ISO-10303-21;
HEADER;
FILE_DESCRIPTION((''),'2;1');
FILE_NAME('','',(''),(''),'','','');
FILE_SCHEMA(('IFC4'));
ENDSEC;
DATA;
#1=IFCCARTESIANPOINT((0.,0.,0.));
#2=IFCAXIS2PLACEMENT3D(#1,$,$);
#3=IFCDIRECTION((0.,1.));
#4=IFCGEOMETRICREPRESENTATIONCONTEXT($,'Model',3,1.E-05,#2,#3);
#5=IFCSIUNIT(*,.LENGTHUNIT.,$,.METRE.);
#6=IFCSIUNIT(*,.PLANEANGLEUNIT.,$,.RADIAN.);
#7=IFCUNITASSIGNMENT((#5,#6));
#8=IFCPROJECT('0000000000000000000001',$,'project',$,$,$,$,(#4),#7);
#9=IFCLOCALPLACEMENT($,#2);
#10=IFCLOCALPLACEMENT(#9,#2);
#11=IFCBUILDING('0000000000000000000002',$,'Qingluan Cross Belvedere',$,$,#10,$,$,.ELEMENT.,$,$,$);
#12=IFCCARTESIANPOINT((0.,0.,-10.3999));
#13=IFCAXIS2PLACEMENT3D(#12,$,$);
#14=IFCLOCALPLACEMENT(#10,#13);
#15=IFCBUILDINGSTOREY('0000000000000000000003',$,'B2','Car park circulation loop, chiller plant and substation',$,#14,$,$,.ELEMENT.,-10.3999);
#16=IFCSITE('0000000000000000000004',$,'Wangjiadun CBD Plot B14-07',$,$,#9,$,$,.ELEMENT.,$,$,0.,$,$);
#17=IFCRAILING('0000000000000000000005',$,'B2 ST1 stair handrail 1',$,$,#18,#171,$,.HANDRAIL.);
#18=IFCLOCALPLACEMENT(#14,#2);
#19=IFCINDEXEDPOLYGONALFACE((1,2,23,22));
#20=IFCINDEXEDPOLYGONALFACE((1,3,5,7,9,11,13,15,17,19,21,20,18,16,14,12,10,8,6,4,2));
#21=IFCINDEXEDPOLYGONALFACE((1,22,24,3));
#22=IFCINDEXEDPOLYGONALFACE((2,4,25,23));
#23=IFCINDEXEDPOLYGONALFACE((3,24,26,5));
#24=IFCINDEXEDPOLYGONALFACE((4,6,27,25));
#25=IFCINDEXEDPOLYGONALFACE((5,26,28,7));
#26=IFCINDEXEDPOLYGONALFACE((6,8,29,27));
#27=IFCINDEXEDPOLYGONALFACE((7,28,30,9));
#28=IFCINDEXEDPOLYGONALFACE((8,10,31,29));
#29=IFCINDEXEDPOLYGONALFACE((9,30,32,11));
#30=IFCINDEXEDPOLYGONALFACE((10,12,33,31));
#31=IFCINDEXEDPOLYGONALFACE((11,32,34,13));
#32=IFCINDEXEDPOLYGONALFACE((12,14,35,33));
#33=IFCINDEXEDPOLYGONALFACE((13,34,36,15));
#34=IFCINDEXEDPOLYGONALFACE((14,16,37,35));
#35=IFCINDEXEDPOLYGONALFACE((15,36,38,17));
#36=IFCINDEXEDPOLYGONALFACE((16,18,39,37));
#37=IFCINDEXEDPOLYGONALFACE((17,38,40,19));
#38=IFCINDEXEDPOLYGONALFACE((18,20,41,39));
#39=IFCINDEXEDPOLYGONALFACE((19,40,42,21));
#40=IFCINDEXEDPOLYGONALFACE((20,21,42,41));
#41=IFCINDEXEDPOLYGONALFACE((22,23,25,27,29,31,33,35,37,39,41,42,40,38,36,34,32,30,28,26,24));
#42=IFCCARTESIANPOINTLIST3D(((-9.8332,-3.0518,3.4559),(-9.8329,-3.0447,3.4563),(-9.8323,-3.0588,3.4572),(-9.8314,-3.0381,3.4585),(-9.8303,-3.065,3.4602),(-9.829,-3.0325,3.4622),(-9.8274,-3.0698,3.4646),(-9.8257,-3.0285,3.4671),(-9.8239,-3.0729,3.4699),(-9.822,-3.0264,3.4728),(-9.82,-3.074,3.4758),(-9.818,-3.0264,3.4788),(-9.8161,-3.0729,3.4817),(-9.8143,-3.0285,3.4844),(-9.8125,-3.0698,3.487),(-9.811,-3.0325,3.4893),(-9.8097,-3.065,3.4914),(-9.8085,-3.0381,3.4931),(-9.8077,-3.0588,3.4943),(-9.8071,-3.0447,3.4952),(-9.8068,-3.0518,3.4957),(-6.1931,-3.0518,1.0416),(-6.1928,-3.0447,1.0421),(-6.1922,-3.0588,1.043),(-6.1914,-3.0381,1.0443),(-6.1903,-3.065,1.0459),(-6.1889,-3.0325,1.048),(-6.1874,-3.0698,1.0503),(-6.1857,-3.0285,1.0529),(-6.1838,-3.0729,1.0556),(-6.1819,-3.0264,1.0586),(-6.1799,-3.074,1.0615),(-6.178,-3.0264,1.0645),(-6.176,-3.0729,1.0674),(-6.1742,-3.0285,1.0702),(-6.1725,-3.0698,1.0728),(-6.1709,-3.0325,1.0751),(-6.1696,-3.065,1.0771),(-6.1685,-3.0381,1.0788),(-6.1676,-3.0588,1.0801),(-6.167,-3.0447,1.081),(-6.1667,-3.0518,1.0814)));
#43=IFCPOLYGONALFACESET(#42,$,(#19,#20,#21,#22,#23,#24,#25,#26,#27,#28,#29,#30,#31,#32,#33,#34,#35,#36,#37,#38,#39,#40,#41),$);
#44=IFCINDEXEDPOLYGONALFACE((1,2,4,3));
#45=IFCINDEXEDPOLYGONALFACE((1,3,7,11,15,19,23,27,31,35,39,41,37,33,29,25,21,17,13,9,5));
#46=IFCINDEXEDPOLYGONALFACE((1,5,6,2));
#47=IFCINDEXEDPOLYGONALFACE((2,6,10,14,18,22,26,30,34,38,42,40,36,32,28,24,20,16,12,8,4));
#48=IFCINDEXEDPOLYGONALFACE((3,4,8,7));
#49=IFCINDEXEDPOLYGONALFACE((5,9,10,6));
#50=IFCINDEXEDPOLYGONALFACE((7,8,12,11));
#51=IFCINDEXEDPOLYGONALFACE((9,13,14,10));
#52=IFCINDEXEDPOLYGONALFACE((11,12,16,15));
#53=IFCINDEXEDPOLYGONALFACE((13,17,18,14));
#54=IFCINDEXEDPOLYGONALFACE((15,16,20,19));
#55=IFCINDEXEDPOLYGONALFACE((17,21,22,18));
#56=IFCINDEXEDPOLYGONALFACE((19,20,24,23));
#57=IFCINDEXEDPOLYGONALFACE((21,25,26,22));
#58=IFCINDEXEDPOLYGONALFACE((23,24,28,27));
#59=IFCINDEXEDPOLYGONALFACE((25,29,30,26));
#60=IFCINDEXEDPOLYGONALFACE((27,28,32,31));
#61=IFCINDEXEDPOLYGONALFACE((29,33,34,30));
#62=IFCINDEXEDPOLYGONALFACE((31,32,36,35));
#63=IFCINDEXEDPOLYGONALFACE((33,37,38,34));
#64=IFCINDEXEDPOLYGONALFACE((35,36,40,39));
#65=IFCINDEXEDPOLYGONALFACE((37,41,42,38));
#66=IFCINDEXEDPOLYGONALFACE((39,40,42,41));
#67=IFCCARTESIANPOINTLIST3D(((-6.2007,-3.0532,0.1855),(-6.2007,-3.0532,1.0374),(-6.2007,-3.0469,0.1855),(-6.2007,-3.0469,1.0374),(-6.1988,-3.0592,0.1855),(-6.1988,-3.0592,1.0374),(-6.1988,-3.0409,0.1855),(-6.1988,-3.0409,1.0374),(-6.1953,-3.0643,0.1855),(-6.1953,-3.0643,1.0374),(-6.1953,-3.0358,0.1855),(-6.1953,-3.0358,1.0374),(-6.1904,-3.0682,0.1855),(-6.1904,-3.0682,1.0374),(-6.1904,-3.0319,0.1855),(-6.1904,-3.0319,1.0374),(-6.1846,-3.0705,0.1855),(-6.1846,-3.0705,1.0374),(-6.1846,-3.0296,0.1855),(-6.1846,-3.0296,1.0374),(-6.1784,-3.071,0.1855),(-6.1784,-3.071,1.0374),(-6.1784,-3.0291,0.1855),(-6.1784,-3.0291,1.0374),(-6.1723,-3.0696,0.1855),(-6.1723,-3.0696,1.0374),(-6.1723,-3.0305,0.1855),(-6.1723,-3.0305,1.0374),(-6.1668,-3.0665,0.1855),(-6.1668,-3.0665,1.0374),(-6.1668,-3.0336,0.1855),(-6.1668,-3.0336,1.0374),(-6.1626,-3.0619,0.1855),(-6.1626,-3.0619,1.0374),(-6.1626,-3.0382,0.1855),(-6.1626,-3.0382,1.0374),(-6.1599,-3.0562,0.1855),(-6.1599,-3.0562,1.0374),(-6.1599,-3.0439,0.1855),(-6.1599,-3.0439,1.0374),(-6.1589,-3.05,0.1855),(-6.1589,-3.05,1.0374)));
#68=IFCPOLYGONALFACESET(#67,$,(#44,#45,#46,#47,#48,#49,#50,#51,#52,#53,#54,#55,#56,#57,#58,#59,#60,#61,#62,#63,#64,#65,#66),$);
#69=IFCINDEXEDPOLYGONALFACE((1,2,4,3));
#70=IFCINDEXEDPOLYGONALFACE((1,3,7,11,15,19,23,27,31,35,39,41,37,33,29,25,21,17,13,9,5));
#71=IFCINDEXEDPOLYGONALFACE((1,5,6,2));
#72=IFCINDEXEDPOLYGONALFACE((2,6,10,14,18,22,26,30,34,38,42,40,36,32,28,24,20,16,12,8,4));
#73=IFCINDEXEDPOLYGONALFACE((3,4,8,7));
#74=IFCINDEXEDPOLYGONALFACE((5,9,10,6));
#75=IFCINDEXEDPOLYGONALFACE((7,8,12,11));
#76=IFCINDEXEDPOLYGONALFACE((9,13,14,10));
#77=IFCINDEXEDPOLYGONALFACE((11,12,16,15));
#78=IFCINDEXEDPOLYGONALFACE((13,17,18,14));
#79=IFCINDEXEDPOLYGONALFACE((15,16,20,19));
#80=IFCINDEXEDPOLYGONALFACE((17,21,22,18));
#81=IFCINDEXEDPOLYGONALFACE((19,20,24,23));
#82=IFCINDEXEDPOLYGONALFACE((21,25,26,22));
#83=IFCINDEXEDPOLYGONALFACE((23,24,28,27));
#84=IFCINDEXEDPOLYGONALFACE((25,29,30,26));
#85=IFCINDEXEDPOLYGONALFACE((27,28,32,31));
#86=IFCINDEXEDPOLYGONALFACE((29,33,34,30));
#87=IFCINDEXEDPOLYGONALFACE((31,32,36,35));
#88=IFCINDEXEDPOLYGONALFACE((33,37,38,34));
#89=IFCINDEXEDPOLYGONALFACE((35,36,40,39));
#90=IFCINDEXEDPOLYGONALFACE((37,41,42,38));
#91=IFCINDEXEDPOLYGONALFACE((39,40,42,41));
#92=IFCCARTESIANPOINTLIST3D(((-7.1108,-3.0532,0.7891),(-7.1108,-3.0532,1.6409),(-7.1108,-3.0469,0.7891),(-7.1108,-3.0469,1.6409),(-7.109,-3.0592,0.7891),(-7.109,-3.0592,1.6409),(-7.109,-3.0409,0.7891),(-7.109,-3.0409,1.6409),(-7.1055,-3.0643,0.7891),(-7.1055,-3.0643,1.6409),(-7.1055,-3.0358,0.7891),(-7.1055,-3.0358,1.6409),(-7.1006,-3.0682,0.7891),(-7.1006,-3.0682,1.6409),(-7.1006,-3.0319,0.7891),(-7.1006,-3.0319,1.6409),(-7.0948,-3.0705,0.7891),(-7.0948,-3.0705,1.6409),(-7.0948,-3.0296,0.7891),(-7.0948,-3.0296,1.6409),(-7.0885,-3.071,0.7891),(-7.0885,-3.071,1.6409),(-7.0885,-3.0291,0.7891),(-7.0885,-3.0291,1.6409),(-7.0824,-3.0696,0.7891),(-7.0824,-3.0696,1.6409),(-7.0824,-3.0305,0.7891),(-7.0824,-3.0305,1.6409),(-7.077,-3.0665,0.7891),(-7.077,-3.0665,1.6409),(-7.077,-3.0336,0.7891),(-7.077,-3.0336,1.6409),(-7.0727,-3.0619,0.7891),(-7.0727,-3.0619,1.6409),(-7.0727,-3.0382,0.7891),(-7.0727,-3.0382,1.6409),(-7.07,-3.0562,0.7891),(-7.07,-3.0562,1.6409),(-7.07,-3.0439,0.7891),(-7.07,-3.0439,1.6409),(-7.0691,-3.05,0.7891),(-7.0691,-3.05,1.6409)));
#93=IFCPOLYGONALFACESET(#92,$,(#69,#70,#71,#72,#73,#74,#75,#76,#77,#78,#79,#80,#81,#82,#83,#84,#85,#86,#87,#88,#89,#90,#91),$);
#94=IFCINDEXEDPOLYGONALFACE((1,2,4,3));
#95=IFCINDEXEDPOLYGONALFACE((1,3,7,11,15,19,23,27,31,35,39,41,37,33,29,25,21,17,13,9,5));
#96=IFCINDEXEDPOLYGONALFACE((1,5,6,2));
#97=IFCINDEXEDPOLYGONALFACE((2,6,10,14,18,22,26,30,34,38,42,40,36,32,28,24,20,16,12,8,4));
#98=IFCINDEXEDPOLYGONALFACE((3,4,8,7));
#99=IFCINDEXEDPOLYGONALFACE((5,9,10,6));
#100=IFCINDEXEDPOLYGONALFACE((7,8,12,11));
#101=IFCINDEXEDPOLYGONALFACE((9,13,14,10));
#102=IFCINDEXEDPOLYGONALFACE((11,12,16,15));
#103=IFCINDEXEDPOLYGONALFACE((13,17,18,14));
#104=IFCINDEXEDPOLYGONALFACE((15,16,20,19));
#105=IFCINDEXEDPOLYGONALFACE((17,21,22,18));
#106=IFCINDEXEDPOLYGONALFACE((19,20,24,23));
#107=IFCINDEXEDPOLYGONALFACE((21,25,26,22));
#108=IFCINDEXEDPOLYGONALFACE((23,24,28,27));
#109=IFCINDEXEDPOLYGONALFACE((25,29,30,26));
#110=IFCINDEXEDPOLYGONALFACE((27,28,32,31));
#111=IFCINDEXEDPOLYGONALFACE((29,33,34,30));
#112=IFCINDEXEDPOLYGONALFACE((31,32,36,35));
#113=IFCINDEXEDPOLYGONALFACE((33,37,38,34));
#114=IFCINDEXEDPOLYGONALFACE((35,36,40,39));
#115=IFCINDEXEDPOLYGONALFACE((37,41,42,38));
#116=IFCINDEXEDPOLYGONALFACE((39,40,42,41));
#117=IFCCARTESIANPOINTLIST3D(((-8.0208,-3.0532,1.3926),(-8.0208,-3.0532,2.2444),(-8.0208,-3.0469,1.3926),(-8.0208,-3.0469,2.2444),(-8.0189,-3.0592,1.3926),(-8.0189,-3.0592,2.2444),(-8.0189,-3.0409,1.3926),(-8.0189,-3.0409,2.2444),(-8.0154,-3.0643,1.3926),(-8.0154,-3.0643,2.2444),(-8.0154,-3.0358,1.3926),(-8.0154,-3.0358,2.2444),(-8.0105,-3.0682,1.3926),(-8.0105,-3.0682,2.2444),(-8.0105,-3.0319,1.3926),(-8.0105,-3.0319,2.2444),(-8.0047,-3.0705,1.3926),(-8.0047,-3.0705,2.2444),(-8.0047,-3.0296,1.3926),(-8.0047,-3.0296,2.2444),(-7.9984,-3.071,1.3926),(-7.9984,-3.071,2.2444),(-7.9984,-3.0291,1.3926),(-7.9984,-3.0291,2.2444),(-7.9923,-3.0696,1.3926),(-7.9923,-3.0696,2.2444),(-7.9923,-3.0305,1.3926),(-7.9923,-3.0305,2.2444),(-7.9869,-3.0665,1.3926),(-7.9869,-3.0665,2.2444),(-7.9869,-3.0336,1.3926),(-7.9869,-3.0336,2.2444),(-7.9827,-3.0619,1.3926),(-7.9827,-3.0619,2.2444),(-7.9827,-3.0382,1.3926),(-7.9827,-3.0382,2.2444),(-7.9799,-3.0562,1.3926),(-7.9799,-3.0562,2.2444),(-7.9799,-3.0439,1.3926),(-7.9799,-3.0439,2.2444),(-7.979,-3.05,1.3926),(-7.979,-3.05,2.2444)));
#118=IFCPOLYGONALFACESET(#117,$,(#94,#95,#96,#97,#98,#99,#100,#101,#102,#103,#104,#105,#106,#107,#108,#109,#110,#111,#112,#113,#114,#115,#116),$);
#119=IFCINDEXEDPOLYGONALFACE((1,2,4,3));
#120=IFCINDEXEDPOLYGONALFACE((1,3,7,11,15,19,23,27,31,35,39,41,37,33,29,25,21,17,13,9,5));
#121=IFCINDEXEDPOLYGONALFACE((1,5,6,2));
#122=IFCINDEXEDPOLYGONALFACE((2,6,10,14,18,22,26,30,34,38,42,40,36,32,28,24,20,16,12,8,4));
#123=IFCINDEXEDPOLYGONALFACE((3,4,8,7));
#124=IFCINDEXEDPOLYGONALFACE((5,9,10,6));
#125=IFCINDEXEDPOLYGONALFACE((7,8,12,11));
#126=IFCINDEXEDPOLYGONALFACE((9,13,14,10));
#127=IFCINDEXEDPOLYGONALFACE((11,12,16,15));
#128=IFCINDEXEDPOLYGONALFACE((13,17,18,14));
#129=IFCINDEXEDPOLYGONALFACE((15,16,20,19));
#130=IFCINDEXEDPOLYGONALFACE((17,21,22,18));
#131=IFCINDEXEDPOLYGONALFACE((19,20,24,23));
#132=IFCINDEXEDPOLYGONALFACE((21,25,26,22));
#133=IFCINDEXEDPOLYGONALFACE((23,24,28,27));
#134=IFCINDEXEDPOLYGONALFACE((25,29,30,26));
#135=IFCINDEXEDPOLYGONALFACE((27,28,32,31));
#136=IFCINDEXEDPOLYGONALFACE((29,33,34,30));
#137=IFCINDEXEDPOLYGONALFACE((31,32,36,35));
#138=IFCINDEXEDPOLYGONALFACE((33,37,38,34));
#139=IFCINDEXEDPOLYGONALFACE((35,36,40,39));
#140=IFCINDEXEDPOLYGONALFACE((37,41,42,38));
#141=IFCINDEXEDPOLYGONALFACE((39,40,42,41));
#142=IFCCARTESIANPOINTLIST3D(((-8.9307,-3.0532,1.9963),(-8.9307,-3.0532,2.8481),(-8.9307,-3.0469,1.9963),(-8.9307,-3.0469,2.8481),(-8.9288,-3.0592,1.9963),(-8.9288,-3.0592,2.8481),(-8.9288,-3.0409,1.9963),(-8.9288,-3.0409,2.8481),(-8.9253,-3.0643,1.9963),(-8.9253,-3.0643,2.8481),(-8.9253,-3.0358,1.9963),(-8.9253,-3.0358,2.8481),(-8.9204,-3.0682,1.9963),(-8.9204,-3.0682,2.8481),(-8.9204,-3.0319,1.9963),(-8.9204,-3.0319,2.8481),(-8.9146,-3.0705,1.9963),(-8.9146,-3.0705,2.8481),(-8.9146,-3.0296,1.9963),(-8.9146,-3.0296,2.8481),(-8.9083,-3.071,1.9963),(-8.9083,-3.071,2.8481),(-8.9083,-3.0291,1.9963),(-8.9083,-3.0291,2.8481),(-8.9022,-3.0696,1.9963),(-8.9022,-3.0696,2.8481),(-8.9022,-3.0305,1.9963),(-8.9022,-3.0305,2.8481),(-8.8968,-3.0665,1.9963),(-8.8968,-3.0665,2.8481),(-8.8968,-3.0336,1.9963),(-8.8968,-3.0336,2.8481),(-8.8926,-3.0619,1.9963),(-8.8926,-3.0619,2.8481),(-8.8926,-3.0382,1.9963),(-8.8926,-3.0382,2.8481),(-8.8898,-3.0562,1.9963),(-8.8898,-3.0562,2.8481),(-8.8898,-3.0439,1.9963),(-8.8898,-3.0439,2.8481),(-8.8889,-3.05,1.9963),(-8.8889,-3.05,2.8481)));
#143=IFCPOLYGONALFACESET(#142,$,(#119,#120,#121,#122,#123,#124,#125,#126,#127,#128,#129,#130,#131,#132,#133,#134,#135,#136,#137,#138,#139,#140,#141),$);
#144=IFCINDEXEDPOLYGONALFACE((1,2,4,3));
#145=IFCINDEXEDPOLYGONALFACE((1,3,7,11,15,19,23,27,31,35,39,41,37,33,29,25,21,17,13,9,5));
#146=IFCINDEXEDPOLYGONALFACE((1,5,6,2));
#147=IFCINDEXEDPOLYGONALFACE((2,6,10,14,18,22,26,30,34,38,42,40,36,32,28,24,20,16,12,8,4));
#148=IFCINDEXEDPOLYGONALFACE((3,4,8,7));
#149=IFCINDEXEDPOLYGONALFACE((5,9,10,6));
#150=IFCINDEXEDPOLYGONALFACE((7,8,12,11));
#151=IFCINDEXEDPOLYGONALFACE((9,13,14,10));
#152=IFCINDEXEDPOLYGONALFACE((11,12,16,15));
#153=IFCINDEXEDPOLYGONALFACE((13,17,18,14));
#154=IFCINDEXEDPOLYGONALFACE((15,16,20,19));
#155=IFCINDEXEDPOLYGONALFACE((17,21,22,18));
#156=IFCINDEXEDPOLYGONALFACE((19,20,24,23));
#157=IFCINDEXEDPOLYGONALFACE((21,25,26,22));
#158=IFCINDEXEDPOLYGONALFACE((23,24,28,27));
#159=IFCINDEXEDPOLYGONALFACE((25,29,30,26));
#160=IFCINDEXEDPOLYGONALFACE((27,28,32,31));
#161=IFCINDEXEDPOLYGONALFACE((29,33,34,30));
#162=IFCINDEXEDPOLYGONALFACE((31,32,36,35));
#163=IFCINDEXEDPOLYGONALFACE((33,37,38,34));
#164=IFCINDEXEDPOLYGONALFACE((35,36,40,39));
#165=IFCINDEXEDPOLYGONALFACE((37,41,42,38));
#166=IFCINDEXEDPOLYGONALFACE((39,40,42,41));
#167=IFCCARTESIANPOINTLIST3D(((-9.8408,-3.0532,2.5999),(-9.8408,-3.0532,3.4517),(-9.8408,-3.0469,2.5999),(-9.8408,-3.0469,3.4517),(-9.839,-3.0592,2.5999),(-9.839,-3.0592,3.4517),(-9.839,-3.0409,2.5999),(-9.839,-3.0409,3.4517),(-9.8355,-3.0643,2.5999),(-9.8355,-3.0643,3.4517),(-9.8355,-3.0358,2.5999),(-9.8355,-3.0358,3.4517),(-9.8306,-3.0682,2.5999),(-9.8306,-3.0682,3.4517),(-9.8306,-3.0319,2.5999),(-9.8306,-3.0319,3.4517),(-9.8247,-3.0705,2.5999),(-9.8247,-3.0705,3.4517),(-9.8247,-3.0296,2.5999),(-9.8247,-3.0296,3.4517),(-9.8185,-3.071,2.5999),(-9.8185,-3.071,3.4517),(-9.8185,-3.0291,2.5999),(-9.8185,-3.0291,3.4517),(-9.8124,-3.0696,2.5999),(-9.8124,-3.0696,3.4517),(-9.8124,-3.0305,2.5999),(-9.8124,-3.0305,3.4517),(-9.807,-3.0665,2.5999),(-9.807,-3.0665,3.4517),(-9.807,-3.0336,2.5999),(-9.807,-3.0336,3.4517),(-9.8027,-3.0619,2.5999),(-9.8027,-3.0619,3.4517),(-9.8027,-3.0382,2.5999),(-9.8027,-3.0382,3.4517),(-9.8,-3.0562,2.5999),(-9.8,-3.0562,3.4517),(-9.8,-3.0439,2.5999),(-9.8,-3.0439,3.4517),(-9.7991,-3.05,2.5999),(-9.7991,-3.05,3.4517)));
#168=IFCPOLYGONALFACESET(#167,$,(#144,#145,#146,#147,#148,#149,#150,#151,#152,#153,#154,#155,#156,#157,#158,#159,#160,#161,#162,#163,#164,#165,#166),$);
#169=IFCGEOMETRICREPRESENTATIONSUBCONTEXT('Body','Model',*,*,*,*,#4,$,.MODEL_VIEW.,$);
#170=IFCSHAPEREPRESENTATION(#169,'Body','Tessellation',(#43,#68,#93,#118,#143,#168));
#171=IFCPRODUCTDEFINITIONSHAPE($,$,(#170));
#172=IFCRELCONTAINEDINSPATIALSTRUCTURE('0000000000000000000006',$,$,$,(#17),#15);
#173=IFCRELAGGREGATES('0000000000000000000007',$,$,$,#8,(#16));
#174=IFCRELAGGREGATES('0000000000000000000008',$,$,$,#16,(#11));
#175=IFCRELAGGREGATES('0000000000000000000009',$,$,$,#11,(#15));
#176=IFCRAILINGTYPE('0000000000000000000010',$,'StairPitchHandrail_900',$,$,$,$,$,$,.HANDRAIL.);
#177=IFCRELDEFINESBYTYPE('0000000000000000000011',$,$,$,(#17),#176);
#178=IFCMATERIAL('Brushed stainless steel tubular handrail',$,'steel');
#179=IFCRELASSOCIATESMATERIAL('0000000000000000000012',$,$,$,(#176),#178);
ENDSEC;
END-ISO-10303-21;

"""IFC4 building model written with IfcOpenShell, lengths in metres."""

from ifc_helpers import new_model, si_unit, direction, frame, origin, origin_2d, place, context, subcontext, project, spatial, circle, extrude, material, type_object, element, save


model = new_model("IFC4")

# Units and contexts
model_context = context("Model", 3, precision=1e-05, world=origin(), true_north=direction((0.0, 1.0)))
body_context = subcontext(model_context, "Body", "Model", "MODEL_VIEW")
ifc_project = project(units=[si_unit("LENGTHUNIT", "METRE"), si_unit("PLANEANGLEUNIT", "RADIAN")], contexts=[model_context])

# Site, building, storey
site_placement = place(None, origin())
site = spatial("IfcSite", under=ifc_project, at=site_placement, Name="Wangjiadun CBD Plot B14-07", CompositionType="ELEMENT", RefElevation=0.0)
building_placement = place(site_placement, origin())
building = spatial("IfcBuilding", under=site, at=building_placement, Name="Qingluan Cross Belvedere", CompositionType="ELEMENT")
storey_placement = place(building_placement, frame((0.0, 0.0, -10.3999)))
storey = spatial("IfcBuildingStorey", under=building, at=storey_placement, Name="B2", Description="Car park circulation loop, chiller plant and substation", CompositionType="ELEMENT", Elevation=-10.3999)

# Railing
ifc_material_1 = material(Name="Brushed stainless steel tubular handrail", Category="steel")
railing_type_1 = type_object("IfcRailingType", Name="StairPitchHandrail_900", PredefinedType="HANDRAIL", material=ifc_material_1)
railing_1_placement = place(storey_placement, frame((-6.1799, -3.05, 0.1855)))
element("IfcRailing", 1, at=railing_1_placement, inside=storey, type_object=railing_type_1, Name="B2 ST1 stair handrail 1", PredefinedType="HANDRAIL", context=body_context, shape_type="SweptSolid", body=[
    extrude(circle(Radius=0.0239, at=origin_2d()), frame((0.0, 0.0, 0.876), z_axis=(-0.833364, 0.0, 0.552725), x_axis=(0.0, -1.0, 0.0)), (0.0, 0.0, 1.0), 4.3679),
    extrude(circle(Radius=0.021, at=origin_2d()), origin(), (0.0, 0.0, 1.0), 0.8518),
    extrude(circle(Radius=0.021, at=origin_2d()), frame((-0.9102, 0.0, 0.6035)), (0.0, 0.0, 1.0), 0.8518),
    extrude(circle(Radius=0.021, at=origin_2d()), frame((-1.8201, 0.0, 1.207)), (0.0, 0.0, 1.0), 0.8518),
    extrude(circle(Radius=0.021, at=origin_2d()), frame((-2.73, 0.0, 1.8108)), (0.0, 0.0, 1.0), 0.8518),
    extrude(circle(Radius=0.021, at=origin_2d()), frame((-3.6401, 0.0, 2.4143)), (0.0, 0.0, 1.0), 0.8518),
])

save(model, "model.ifc")
